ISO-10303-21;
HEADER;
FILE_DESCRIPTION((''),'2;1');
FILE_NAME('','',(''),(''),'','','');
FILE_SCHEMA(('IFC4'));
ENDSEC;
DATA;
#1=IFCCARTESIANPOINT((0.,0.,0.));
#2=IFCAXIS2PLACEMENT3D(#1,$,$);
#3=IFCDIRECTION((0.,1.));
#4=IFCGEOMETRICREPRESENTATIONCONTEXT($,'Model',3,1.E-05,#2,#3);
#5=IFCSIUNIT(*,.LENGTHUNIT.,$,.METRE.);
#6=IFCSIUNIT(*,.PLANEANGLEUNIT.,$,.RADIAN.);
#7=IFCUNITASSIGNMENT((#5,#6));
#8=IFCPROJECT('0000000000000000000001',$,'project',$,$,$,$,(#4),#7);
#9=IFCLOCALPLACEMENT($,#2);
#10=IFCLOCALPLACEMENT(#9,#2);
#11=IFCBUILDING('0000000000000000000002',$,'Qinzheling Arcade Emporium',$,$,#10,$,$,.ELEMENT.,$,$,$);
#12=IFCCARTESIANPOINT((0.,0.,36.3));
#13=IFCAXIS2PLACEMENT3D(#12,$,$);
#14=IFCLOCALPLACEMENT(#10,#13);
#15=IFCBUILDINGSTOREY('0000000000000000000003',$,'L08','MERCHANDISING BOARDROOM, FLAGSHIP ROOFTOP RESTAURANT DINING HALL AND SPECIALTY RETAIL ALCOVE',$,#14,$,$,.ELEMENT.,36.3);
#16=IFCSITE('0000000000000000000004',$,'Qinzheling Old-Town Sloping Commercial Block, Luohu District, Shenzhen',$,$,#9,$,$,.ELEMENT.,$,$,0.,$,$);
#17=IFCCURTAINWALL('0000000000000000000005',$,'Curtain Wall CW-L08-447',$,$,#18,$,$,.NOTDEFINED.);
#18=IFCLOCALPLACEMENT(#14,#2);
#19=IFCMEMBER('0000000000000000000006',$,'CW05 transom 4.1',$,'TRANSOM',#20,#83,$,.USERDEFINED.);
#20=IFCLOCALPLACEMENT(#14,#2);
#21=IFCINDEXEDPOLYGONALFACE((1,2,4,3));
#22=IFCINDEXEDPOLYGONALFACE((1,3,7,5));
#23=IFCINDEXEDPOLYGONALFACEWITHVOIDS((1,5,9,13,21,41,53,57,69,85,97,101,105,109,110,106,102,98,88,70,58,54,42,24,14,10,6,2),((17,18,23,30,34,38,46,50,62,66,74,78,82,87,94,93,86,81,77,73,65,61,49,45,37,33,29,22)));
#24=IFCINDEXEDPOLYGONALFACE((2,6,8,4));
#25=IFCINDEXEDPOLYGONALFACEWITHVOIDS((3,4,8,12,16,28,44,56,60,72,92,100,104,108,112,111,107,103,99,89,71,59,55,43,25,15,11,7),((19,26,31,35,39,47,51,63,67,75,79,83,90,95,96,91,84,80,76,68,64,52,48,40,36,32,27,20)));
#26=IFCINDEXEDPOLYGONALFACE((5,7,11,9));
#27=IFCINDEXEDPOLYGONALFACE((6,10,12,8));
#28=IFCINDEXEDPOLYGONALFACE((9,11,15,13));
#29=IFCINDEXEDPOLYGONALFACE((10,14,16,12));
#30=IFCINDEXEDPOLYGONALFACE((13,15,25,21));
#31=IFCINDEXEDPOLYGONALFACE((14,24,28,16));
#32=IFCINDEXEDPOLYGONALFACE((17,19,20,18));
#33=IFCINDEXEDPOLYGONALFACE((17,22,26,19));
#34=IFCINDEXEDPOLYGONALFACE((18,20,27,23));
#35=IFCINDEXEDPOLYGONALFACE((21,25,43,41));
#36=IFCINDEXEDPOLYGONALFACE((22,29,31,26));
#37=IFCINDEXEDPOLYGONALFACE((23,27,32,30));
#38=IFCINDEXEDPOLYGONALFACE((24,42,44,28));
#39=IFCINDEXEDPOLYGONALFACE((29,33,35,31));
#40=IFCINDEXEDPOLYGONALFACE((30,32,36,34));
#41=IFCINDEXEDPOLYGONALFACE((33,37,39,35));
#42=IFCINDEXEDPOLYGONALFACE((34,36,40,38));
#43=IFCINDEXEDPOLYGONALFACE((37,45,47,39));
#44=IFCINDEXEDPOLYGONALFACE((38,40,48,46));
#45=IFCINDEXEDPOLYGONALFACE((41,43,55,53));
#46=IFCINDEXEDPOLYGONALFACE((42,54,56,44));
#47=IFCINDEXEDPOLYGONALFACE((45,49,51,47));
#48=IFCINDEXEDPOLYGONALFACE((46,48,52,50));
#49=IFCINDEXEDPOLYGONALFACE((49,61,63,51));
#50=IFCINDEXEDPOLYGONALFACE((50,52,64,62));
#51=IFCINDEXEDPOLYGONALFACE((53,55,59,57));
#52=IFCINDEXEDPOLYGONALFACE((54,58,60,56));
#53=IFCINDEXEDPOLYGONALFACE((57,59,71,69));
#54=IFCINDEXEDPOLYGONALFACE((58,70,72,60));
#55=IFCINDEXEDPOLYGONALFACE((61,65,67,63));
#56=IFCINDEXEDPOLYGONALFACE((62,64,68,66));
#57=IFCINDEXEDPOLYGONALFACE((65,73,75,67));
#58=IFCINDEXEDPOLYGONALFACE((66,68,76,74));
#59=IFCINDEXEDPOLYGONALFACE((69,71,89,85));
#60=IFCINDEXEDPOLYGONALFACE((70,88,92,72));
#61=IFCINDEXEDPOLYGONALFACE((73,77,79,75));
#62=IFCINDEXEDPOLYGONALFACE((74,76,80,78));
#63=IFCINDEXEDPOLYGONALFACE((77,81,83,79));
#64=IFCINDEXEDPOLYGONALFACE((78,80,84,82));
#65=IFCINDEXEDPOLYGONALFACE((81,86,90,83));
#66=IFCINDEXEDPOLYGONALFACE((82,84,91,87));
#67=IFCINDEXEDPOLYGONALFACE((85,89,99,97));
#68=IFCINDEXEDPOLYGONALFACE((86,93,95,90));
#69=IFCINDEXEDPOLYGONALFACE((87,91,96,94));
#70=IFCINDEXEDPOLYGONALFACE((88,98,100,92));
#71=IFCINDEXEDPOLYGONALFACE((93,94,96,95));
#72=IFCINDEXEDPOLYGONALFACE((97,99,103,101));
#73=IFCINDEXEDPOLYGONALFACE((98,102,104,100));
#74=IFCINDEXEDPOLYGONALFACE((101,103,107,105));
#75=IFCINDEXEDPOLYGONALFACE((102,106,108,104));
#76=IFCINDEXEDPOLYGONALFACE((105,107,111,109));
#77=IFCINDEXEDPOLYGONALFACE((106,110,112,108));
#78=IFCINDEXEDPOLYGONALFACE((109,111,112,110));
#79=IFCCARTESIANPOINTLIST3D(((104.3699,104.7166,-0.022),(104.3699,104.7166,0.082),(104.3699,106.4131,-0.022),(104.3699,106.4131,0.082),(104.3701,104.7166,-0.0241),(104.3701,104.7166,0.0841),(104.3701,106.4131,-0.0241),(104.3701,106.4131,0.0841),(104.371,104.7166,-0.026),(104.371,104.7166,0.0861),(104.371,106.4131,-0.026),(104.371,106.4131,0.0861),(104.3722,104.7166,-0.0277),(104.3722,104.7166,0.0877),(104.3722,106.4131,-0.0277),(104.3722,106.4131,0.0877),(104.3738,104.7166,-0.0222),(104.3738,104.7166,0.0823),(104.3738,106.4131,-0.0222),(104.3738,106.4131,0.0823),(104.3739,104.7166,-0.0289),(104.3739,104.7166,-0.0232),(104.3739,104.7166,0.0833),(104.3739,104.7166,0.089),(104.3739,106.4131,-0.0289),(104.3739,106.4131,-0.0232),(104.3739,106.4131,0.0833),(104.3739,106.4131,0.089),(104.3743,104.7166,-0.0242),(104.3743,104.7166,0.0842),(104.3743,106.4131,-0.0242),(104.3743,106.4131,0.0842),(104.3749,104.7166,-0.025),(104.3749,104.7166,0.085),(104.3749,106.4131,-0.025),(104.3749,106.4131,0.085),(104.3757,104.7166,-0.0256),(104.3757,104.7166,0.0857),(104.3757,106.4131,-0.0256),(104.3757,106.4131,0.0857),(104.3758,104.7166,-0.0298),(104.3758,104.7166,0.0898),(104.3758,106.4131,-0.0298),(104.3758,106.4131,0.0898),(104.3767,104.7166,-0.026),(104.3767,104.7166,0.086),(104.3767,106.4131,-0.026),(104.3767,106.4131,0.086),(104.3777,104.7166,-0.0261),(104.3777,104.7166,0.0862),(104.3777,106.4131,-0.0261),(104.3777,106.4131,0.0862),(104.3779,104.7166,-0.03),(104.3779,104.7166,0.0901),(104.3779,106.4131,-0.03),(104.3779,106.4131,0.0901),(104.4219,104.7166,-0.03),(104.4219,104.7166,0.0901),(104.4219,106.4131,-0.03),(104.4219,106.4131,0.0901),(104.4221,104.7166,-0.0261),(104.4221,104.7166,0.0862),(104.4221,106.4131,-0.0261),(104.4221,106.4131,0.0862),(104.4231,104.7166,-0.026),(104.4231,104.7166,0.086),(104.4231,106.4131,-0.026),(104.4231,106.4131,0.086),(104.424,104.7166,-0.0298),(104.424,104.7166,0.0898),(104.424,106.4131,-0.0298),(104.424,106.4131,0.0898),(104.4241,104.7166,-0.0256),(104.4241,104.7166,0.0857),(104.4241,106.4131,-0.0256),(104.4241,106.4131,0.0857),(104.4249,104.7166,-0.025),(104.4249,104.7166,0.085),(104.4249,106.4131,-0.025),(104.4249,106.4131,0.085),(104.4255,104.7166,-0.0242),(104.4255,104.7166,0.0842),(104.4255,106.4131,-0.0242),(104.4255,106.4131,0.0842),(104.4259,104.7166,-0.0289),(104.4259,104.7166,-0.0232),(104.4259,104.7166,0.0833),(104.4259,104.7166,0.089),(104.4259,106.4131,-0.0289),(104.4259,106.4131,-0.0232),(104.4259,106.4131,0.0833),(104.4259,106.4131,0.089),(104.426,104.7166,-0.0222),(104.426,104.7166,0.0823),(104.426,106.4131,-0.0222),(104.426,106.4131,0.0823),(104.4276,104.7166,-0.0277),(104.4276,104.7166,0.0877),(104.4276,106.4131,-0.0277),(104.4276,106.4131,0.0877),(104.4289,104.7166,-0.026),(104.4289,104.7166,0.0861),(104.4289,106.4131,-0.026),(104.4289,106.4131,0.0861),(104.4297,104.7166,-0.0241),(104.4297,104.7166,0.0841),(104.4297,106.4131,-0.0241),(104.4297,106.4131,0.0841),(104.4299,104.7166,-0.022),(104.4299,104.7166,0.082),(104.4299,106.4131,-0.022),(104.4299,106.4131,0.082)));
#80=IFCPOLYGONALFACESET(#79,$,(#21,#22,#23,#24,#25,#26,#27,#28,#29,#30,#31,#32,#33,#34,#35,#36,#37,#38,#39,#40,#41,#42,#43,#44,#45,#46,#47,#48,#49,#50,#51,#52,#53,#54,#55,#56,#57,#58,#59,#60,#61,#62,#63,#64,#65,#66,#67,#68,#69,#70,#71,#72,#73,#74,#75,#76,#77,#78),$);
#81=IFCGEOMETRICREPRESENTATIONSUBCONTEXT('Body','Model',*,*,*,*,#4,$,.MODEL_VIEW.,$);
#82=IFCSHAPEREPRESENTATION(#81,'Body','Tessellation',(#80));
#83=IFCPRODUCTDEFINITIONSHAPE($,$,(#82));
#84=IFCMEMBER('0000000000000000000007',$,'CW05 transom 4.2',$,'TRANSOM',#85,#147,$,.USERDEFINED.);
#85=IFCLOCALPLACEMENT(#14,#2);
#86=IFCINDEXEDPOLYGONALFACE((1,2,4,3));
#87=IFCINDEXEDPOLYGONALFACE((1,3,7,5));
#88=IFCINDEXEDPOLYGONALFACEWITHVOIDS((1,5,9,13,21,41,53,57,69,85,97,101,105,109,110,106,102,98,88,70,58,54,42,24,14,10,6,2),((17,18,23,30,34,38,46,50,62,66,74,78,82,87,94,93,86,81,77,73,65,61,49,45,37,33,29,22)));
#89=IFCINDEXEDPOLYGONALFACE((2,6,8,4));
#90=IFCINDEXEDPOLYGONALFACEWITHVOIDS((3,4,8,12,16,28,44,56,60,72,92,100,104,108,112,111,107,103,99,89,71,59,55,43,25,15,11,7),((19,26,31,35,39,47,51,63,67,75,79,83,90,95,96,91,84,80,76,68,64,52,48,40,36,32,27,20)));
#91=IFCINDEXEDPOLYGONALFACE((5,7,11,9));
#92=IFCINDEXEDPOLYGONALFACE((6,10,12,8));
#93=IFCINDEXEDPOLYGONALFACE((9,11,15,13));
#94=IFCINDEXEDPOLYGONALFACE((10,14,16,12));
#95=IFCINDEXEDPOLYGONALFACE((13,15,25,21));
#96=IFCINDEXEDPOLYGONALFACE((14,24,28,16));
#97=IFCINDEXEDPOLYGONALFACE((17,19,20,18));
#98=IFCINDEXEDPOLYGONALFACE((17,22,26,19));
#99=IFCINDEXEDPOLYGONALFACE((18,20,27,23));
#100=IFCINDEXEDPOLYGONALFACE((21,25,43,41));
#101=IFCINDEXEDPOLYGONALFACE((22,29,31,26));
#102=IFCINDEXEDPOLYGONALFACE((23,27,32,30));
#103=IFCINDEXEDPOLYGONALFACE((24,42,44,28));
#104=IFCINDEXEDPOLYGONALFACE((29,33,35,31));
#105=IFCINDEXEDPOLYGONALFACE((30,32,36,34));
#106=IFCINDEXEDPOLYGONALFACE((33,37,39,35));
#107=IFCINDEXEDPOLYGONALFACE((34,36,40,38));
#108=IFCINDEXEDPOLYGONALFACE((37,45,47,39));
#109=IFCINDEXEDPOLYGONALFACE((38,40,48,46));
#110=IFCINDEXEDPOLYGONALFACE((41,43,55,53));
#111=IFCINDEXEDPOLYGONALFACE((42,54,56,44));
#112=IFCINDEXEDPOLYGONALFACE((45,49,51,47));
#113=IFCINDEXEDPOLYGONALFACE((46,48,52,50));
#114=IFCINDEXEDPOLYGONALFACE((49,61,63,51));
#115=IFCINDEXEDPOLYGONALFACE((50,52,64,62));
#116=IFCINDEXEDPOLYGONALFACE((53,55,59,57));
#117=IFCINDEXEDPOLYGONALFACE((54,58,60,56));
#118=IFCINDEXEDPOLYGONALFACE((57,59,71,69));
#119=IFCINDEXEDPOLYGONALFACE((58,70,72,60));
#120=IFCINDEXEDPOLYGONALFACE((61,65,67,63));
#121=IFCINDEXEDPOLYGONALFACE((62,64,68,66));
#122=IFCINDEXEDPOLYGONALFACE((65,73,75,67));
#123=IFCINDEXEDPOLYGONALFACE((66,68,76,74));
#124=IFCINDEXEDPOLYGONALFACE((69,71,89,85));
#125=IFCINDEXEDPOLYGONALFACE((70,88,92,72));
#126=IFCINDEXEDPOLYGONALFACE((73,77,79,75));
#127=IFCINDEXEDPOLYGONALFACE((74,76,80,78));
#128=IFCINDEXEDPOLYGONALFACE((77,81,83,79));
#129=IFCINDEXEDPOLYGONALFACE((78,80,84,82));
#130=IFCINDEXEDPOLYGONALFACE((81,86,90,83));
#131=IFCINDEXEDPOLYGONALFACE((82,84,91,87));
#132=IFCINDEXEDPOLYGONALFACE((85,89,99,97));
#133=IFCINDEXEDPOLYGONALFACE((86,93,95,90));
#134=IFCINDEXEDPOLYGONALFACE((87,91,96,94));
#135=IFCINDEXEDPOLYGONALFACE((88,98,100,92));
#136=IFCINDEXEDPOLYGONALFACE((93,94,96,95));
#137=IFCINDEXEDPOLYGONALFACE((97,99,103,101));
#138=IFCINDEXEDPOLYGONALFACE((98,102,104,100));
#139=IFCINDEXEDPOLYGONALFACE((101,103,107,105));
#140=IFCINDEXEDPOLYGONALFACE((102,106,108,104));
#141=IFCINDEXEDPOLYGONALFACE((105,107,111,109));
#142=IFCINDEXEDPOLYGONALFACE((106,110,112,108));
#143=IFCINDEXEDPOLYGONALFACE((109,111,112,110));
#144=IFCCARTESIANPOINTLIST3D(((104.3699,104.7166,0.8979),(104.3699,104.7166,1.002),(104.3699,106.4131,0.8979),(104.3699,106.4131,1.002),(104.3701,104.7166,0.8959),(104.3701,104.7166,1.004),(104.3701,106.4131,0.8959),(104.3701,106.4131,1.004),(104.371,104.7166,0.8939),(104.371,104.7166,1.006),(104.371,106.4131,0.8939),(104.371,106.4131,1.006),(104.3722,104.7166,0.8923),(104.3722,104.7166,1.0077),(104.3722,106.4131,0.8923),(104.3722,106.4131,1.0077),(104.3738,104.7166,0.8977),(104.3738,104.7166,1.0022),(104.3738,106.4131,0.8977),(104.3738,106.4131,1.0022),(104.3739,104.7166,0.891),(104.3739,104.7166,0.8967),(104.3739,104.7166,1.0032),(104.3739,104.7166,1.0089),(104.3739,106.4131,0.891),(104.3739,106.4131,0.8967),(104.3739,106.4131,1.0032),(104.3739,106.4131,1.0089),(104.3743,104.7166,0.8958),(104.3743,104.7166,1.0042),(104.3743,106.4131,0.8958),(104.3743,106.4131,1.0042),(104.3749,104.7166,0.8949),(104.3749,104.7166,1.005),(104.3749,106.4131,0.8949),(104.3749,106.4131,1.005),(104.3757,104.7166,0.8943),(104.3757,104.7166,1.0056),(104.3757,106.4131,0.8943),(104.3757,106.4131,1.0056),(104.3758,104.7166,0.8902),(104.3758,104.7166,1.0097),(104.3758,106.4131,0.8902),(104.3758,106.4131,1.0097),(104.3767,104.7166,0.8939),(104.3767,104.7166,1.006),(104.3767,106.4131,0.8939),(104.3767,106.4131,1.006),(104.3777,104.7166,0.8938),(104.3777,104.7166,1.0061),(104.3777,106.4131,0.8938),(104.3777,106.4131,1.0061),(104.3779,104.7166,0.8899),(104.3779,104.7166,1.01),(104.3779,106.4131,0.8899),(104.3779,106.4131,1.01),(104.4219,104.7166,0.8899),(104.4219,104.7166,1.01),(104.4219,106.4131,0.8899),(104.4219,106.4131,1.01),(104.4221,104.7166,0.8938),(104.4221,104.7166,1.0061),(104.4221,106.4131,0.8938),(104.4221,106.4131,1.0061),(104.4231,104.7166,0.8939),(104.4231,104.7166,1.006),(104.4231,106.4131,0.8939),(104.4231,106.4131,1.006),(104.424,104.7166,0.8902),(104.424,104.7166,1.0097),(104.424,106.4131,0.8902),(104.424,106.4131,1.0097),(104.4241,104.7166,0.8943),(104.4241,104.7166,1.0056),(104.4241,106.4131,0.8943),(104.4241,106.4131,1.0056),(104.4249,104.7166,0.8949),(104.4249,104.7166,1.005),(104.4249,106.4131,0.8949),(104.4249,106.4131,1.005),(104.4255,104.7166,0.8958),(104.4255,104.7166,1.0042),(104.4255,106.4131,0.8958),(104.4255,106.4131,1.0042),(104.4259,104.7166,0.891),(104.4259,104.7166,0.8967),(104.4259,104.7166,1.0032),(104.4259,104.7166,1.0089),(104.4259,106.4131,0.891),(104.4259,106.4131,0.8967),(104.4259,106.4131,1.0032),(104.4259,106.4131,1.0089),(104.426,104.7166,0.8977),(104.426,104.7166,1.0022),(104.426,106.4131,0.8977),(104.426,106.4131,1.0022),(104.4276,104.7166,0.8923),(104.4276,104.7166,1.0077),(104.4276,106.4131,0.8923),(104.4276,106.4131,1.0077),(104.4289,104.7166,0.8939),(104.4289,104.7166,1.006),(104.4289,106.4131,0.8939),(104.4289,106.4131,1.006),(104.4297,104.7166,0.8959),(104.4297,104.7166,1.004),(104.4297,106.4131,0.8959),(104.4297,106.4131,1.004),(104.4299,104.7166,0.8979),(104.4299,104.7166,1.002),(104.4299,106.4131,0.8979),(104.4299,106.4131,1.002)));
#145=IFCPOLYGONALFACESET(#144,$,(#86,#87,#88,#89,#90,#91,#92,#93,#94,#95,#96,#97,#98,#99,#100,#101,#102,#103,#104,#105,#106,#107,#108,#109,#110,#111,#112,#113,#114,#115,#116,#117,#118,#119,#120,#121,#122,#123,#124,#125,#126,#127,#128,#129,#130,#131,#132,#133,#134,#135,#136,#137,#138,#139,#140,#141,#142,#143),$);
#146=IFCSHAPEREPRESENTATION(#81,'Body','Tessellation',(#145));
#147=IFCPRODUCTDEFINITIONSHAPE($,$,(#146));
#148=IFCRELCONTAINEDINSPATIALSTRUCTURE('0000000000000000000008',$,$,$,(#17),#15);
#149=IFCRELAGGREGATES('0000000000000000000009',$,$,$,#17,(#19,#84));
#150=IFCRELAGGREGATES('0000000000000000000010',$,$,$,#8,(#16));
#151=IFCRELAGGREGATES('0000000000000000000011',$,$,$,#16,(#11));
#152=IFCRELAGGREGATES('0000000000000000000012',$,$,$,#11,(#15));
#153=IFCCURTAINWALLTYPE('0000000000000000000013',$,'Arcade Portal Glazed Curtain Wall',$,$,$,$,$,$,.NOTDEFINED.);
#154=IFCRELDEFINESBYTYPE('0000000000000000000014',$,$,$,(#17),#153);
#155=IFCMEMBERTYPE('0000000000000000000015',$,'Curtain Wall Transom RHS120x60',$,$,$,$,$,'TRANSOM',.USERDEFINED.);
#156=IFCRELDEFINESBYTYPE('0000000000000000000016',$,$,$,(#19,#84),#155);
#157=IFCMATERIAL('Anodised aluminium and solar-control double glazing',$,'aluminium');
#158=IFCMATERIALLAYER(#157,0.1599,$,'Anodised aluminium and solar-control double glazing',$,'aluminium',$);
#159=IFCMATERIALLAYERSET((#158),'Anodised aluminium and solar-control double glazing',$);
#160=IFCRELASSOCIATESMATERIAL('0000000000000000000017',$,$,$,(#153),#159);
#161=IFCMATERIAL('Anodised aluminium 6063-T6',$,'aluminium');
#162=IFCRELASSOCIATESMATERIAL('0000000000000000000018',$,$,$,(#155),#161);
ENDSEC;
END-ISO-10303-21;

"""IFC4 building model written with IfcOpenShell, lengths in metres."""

from ifc_helpers import new_model, si_unit, direction, frame, origin, origin_2d, place, context, subcontext, project, spatial, hollow_rectangle, extrude, material, layer, layer_set, material_profile, profile_set, type_object, element, aggregate, save


model = new_model("IFC4")

# Units and contexts
model_context = context("Model", 3, precision=1e-05, world=origin(), true_north=direction((0.0, 1.0)))
body_context = subcontext(model_context, "Body", "Model", "MODEL_VIEW")
ifc_project = project(units=[si_unit("LENGTHUNIT", "METRE"), si_unit("PLANEANGLEUNIT", "RADIAN")], contexts=[model_context])

# Site, building, storey
site_placement = place(None, origin())
site = spatial("IfcSite", under=ifc_project, at=site_placement, Name="Qinzheling Old-Town Sloping Commercial Block, Luohu District, Shenzhen", CompositionType="ELEMENT", RefElevation=0.0)
building_placement = place(site_placement, origin())
building = spatial("IfcBuilding", under=site, at=building_placement, Name="Qinzheling Arcade Emporium", CompositionType="ELEMENT")
storey_placement = place(building_placement, frame((0.0, 0.0, 36.3)))
storey = spatial("IfcBuildingStorey", under=building, at=storey_placement, Name="L08", Description="MERCHANDISING BOARDROOM, FLAGSHIP ROOFTOP RESTAURANT DINING HALL AND SPECIALTY RETAIL ALCOVE", CompositionType="ELEMENT", Elevation=36.3)

# Curtain wall, members
ifc_material_1 = material(Name="Anodised aluminium and solar-control double glazing", Category="aluminium")
ifc_layer_1 = layer(ifc_material_1, 0.1599, Name="Anodised aluminium and solar-control double glazing", Category="aluminium")
ifc_layer_set_1 = layer_set([ifc_layer_1], Name="Anodised aluminium and solar-control double glazing")
curtain_wall_type = type_object("IfcCurtainWallType", Name="Arcade Portal Glazed Curtain Wall", PredefinedType="NOTDEFINED", material=ifc_layer_set_1)
curtain_wall_placement = place(storey_placement, origin())
curtain_wall = element("IfcCurtainWall", 1, at=curtain_wall_placement, inside=storey, type_object=curtain_wall_type, Name="Curtain Wall CW-L08-447", PredefinedType="NOTDEFINED")
ifc_material_2 = material(Name="Anodised aluminium 6063-T6", Category="aluminium")
ifc_material_profile_1 = material_profile(ifc_material_2, hollow_rectangle(XDim=0.0601, YDim=0.1201, WallThickness=0.0039, InnerFilletRadius=0.0039, OuterFilletRadius=0.0081, at=origin_2d()), Name="RHS 120x60x4", Category="aluminium")
ifc_profile_set_1 = profile_set([ifc_material_profile_1], Name="Anodised aluminium 6063-T6")
member_type_1 = type_object("IfcMemberType", Name="Curtain Wall Transom RHS120x60", ElementType="TRANSOM", PredefinedType="USERDEFINED", material=ifc_profile_set_1)
member_1_placement = place(storey_placement, frame((104.3999, 104.7166, 0.03), z_axis=(0.0, 1.0, 0.0), x_axis=(-1.0, 0.0, 0.0)))
member_1 = element("IfcMember", 2, at=member_1_placement, type_object=member_type_1, Name="CW05 transom 4.1", ObjectType="TRANSOM", PredefinedType="USERDEFINED", context=body_context, shape_type="SweptSolid", body=[
    extrude(hollow_rectangle(XDim=0.0601, YDim=0.1201, WallThickness=0.0039, InnerFilletRadius=0.0039, OuterFilletRadius=0.0081, at=origin_2d()), origin(), (0.0, 0.0, 1.0), 1.6965),
])
member_2_placement = place(storey_placement, frame((104.3999, 104.7166, 0.95), z_axis=(0.0, 1.0, 0.0), x_axis=(-1.0, 0.0, 0.0)))
member_2 = element("IfcMember", 3, at=member_2_placement, type_object=member_type_1, Name="CW05 transom 4.2", ObjectType="TRANSOM", PredefinedType="USERDEFINED", context=body_context, shape_type="SweptSolid", body=[
    extrude(hollow_rectangle(XDim=0.0601, YDim=0.1201, WallThickness=0.0039, InnerFilletRadius=0.0039, OuterFilletRadius=0.0081, at=origin_2d()), origin(), (0.0, 0.0, 1.0), 1.6965),
])

aggregate(curtain_wall, [member_1, member_2])

save(model, "model.ifc")
